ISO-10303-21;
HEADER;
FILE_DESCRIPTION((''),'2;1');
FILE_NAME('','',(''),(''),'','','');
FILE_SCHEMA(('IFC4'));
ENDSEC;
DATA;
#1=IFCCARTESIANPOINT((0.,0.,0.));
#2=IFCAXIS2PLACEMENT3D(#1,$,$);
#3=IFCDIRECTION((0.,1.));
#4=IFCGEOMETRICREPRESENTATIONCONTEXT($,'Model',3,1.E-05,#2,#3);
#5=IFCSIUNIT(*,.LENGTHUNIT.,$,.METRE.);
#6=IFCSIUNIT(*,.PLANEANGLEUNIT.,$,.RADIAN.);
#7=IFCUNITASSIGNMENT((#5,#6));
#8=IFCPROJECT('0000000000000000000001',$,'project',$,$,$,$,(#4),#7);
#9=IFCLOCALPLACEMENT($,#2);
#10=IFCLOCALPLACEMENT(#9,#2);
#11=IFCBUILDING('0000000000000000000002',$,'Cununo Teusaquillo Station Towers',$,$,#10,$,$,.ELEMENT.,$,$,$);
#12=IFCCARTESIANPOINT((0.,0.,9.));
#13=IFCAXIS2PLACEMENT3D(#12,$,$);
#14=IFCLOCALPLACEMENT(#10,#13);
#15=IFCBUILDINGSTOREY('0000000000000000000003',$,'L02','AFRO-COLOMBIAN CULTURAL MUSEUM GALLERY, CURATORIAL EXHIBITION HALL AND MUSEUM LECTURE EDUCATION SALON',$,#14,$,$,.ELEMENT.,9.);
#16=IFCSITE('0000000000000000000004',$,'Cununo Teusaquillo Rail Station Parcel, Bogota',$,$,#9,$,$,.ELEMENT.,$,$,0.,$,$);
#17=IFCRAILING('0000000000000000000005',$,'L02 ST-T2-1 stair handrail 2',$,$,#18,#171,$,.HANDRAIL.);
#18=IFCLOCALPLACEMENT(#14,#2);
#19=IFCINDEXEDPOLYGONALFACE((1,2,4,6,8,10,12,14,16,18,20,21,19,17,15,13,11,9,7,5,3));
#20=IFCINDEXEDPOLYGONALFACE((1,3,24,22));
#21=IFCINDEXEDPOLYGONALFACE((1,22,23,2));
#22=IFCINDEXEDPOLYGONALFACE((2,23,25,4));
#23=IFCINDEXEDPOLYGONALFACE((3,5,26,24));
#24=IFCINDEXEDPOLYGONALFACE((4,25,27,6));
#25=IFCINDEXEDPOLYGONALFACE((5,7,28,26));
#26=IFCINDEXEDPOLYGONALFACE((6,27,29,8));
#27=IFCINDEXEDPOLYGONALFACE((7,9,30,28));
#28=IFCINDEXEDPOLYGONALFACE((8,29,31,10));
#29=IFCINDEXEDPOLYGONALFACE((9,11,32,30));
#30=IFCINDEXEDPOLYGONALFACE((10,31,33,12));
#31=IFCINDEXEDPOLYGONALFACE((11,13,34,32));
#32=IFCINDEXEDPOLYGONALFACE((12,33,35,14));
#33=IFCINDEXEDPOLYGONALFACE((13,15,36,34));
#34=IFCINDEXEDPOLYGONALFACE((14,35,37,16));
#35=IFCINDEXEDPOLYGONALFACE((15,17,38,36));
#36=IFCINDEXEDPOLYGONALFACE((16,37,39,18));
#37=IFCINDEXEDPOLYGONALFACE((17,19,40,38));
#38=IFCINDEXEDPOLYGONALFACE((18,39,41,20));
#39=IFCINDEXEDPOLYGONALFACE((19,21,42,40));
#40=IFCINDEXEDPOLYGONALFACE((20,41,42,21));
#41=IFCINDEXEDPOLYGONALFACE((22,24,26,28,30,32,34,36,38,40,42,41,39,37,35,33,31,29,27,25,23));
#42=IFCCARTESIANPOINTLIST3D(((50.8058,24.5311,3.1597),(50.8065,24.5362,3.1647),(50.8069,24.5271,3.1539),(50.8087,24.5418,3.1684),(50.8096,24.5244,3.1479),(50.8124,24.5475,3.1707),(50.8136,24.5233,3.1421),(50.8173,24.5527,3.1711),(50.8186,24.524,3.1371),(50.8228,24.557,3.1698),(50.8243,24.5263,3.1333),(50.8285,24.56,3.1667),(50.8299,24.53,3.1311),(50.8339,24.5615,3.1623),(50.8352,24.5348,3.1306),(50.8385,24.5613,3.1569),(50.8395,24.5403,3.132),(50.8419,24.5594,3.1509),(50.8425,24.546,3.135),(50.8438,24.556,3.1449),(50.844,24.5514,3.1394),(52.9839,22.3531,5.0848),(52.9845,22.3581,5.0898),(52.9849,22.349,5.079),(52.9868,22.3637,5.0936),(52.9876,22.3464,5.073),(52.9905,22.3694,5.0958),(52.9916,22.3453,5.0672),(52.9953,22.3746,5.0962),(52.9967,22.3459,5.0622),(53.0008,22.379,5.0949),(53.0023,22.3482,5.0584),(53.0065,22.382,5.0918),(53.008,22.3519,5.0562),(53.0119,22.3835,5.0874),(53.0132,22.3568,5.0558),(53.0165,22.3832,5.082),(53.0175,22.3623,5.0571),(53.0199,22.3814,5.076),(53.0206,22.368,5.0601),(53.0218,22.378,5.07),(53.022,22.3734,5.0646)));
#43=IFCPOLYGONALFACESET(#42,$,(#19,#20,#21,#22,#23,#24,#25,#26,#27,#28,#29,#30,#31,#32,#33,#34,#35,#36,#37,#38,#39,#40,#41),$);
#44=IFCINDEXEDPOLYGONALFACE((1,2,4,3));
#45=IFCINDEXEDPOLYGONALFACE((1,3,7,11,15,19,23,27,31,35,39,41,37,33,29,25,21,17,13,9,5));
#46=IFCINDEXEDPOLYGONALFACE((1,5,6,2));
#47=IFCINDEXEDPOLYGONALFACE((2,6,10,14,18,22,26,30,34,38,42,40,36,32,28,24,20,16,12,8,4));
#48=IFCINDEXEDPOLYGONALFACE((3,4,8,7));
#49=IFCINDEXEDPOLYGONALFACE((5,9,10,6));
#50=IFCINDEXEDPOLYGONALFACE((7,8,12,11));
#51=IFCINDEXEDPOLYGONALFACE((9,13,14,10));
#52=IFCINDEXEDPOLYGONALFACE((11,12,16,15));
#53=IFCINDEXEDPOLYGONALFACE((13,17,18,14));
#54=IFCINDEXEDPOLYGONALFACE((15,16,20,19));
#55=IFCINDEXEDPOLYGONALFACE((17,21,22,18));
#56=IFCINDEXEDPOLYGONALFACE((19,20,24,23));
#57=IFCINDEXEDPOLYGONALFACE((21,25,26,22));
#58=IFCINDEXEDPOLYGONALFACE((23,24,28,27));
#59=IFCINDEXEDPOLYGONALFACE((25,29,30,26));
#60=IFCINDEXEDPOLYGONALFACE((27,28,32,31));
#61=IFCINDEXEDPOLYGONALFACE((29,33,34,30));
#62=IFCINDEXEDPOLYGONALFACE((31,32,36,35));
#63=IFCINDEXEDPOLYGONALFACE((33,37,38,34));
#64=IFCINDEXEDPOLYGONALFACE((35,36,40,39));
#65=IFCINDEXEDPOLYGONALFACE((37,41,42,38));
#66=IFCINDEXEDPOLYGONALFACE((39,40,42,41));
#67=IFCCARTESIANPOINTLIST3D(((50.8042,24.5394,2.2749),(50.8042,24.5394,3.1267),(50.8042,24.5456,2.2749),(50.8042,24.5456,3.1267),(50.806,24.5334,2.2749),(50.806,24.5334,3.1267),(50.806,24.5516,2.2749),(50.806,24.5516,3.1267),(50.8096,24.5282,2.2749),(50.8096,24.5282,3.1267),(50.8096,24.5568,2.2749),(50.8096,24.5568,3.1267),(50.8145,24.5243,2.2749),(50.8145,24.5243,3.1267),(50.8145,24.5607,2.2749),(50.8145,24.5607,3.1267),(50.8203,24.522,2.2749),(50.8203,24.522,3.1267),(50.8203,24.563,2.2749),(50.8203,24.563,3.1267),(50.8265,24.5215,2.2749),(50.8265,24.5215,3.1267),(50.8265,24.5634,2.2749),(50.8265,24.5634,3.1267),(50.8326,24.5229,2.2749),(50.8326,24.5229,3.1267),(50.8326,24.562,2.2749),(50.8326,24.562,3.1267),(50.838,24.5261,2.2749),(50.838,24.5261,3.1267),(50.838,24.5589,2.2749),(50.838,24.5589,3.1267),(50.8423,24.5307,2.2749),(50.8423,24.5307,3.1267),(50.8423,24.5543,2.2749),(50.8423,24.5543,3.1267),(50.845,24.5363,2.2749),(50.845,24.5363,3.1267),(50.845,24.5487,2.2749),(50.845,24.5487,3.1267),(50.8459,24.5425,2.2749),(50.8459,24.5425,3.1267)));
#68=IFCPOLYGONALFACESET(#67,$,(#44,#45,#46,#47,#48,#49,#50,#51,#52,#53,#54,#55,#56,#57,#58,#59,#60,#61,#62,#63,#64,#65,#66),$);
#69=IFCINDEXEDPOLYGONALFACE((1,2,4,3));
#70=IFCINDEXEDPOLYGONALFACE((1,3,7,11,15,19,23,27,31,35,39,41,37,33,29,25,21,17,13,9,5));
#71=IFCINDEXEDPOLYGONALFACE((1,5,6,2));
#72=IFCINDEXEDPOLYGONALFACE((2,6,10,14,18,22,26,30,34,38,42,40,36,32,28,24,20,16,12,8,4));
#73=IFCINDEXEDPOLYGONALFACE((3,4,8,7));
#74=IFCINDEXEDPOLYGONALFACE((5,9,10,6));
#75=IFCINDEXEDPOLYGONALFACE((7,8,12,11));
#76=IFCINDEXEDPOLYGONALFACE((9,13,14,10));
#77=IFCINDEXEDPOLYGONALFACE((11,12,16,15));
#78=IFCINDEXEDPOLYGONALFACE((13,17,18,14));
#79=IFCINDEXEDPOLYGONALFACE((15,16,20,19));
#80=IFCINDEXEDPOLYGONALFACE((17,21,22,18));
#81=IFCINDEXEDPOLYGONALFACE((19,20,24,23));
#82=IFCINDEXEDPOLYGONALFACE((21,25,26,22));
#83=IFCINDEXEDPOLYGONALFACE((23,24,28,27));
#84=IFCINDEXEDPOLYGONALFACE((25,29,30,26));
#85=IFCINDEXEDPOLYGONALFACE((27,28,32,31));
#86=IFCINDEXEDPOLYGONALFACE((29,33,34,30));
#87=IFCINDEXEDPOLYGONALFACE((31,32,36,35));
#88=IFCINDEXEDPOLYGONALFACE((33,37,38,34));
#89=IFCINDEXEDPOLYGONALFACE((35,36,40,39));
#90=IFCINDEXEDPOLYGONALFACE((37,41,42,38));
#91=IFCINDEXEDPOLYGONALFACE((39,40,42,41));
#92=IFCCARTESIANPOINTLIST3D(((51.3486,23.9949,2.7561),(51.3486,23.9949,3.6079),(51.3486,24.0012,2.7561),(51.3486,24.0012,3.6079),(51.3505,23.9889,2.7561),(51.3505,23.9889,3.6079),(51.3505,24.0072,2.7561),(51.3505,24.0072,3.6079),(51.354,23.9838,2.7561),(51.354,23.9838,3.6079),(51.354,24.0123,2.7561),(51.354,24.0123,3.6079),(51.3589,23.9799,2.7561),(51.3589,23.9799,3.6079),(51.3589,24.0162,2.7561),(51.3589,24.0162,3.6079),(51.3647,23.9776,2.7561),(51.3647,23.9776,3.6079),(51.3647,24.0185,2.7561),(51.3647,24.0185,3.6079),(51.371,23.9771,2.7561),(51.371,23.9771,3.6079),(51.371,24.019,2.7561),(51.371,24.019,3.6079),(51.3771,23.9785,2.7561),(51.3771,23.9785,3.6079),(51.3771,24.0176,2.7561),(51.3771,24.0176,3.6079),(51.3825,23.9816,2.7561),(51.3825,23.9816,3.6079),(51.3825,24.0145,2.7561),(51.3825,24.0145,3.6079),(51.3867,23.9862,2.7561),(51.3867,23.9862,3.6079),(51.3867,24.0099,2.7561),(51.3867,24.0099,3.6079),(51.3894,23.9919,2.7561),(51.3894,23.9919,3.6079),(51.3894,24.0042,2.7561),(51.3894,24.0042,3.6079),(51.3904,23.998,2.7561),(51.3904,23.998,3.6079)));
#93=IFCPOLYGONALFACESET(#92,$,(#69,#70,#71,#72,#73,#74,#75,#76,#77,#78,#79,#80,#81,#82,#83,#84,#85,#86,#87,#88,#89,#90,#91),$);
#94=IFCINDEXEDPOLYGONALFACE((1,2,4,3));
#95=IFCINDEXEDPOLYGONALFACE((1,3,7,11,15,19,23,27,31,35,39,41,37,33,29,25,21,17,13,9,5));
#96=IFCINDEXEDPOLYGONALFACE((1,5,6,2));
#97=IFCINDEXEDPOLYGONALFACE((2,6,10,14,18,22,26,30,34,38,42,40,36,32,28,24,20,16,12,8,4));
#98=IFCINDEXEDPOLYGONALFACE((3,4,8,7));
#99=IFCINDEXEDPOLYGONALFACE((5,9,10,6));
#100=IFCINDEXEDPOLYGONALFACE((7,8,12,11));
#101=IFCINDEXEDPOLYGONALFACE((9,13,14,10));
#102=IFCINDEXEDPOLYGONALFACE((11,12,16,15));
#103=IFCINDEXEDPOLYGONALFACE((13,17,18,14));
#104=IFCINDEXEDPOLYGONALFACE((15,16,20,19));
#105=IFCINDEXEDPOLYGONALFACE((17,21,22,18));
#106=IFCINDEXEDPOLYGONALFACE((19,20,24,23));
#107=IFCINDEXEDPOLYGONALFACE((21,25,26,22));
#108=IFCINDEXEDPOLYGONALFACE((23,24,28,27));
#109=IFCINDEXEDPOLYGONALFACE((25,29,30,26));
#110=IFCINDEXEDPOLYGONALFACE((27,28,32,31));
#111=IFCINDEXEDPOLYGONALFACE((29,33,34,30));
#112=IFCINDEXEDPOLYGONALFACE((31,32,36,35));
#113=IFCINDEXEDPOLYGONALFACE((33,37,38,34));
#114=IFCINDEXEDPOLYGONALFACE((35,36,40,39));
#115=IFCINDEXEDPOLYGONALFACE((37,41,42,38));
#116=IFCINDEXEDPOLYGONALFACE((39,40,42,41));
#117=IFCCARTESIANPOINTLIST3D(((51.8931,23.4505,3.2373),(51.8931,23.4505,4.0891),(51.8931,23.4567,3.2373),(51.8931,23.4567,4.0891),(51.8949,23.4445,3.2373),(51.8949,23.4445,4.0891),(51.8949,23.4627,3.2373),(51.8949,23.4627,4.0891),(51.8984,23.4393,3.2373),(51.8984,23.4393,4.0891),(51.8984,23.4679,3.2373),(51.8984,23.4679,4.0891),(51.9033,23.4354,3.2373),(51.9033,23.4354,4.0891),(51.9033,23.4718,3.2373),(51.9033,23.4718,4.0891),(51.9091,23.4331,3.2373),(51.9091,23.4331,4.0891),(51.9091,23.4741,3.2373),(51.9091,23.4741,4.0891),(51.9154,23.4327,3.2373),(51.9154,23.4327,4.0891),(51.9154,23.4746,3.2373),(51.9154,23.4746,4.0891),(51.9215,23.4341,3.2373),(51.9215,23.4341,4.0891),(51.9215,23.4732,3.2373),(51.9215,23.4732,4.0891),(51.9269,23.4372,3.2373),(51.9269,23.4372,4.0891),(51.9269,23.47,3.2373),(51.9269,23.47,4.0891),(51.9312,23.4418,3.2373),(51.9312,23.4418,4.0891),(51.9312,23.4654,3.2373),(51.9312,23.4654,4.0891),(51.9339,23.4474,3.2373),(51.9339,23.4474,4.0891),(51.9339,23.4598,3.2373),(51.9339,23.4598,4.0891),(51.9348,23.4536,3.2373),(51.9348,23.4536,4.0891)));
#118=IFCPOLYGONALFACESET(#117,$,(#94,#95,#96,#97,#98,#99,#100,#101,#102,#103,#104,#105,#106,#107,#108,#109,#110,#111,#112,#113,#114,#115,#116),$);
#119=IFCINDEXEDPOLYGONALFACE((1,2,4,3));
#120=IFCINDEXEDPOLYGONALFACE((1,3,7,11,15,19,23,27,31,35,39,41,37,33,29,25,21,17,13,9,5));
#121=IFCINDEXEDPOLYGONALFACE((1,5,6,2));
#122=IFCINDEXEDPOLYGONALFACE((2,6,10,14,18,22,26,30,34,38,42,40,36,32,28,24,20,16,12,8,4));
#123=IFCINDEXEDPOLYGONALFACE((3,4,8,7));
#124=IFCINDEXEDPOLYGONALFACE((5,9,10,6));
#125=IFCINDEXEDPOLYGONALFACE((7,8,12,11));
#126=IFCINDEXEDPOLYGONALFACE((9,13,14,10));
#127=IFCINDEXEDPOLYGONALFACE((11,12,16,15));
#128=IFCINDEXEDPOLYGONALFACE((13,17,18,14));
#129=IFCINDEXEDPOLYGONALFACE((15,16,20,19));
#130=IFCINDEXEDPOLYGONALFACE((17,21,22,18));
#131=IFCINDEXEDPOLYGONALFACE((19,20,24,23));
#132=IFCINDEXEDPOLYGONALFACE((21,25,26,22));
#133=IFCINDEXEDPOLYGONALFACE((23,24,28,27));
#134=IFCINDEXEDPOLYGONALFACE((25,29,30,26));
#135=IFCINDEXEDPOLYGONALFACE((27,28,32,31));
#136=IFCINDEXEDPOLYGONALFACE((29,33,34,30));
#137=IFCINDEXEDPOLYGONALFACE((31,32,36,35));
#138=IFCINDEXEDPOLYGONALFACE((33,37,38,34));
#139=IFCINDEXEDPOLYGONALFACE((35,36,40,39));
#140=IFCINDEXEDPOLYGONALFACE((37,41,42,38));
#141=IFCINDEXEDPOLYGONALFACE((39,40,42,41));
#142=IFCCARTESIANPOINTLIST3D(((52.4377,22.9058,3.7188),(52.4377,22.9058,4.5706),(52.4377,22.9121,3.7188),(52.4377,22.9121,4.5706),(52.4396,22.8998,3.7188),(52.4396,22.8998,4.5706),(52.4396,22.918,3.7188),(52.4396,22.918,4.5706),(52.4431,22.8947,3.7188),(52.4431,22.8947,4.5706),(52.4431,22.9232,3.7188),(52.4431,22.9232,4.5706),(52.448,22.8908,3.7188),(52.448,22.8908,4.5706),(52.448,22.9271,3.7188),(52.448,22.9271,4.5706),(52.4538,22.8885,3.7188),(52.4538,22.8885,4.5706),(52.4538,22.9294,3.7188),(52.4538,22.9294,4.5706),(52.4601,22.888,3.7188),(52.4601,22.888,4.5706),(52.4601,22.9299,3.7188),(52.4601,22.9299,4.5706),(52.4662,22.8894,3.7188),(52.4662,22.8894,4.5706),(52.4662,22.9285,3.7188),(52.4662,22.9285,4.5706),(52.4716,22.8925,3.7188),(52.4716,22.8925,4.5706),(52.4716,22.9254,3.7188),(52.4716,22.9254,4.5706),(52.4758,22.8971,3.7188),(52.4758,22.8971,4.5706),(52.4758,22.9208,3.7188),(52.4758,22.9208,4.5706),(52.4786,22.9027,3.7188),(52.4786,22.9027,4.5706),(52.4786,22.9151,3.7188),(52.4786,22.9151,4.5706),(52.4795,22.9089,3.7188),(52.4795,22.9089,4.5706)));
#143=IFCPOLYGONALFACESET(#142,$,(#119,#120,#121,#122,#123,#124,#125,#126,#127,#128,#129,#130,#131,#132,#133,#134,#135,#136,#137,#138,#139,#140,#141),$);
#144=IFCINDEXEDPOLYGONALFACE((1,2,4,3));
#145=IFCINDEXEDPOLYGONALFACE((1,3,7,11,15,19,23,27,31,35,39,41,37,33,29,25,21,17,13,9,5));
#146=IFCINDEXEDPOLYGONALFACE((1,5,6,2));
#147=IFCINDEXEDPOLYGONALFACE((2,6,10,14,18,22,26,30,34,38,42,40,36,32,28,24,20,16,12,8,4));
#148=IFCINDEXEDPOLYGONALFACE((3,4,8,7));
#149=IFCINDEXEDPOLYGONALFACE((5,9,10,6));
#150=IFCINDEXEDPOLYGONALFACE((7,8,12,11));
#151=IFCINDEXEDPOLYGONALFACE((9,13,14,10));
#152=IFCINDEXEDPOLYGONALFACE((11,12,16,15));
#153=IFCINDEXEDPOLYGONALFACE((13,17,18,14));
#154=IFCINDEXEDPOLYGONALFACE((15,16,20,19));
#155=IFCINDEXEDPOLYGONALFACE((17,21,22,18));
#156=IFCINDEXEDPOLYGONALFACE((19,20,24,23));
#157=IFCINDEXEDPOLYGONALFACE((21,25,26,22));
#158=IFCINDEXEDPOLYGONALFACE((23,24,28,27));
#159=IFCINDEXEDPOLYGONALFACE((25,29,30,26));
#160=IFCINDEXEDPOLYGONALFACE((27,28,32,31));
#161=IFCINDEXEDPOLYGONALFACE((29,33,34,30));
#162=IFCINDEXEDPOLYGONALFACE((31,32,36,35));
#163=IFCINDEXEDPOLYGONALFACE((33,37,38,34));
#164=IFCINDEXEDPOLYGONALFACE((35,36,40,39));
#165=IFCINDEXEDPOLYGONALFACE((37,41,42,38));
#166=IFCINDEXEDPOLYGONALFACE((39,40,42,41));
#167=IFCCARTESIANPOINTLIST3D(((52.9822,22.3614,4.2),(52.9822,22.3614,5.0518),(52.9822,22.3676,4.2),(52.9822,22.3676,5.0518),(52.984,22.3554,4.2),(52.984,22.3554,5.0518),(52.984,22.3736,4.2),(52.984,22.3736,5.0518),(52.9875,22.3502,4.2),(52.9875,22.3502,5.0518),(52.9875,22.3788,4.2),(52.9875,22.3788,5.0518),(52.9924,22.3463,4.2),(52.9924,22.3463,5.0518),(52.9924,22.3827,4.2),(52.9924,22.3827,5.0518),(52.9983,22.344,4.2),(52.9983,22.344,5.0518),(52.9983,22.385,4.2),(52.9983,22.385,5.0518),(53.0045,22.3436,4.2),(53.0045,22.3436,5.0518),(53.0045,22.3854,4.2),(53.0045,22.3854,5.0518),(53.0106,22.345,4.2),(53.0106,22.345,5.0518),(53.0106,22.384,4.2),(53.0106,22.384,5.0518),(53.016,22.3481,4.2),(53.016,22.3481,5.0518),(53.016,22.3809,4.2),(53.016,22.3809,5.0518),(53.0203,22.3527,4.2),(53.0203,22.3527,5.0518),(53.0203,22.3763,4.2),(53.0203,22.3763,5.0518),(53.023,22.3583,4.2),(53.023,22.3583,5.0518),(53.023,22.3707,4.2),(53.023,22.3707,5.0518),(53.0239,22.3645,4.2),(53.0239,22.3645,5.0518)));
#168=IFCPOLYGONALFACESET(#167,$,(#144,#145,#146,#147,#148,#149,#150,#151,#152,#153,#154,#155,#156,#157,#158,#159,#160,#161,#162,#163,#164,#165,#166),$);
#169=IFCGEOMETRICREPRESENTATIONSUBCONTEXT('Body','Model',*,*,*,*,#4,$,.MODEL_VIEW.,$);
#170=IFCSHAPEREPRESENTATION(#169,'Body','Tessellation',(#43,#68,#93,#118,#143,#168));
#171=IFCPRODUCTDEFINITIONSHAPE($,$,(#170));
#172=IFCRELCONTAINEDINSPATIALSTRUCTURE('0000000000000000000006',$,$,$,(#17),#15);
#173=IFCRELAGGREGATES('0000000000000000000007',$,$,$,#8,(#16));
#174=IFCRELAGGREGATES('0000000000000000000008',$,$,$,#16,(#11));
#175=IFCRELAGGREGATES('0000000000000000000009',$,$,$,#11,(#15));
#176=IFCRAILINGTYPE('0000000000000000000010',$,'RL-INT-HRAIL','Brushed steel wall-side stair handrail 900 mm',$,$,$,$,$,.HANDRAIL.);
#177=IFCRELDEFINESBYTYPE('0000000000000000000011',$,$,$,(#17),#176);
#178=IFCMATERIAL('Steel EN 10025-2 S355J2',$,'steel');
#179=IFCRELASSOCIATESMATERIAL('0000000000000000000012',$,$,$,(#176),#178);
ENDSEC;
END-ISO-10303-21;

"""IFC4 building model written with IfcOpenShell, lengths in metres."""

from ifc_helpers import new_model, si_unit, direction, frame, origin, origin_2d, place, context, subcontext, project, spatial, circle, extrude, material, type_object, element, save


model = new_model("IFC4")

# Units and contexts
model_context = context("Model", 3, precision=1e-05, world=origin(), true_north=direction((0.0, 1.0)))
body_context = subcontext(model_context, "Body", "Model", "MODEL_VIEW")
ifc_project = project(units=[si_unit("LENGTHUNIT", "METRE"), si_unit("PLANEANGLEUNIT", "RADIAN")], contexts=[model_context])

# Site, building, storey
site_placement = place(None, origin())
site = spatial("IfcSite", under=ifc_project, at=site_placement, Name="Cununo Teusaquillo Rail Station Parcel, Bogota", CompositionType="ELEMENT", RefElevation=0.0)
building_placement = place(site_placement, origin())
building = spatial("IfcBuilding", under=site, at=building_placement, Name="Cununo Teusaquillo Station Towers", CompositionType="ELEMENT")
storey_placement = place(building_placement, frame((0.0, 0.0, 9.0)))
storey = spatial("IfcBuildingStorey", under=building, at=storey_placement, Name="L02", Description="AFRO-COLOMBIAN CULTURAL MUSEUM GALLERY, CURATORIAL EXHIBITION HALL AND MUSEUM LECTURE EDUCATION SALON", CompositionType="ELEMENT", Elevation=9.0)

# Railing
ifc_material_1 = material(Name="Steel EN 10025-2 S355J2", Category="steel")
railing_type_1 = type_object("IfcRailingType", Name="RL-INT-HRAIL", Description="Brushed steel wall-side stair handrail 900 mm", PredefinedType="HANDRAIL", material=ifc_material_1)
railing_1_placement = place(storey_placement, frame((50.825, 24.5425, 2.2749)))
element("IfcRailing", 1, at=railing_1_placement, inside=storey, type_object=railing_type_1, Name="L02 ST-T2-1 stair handrail 2", PredefinedType="HANDRAIL", context=body_context, shape_type="SweptSolid", body=[
    extrude(circle(Radius=0.0239, at=origin_2d()), frame((0.0, 0.0, 0.876), z_axis=(0.599628, -0.599628, 0.529993), x_axis=(0.707107, 0.707107, 0.0)), (0.0, 0.0, 1.0), 3.6323),
    extrude(circle(Radius=0.021, at=origin_2d()), origin(), (0.0, 0.0, 1.0), 0.8518),
    extrude(circle(Radius=0.021, at=origin_2d()), frame((0.5444, -0.5444, 0.4812)), (0.0, 0.0, 1.0), 0.8518),
    extrude(circle(Radius=0.021, at=origin_2d()), frame((1.0889, -1.0889, 0.9624)), (0.0, 0.0, 1.0), 0.8518),
    extrude(circle(Radius=0.021, at=origin_2d()), frame((1.6335, -1.6335, 1.4438)), (0.0, 0.0, 1.0), 0.8518),
    extrude(circle(Radius=0.021, at=origin_2d()), frame((2.178, -2.178, 1.925)), (0.0, 0.0, 1.0), 0.8518),
])

save(model, "model.ifc")
